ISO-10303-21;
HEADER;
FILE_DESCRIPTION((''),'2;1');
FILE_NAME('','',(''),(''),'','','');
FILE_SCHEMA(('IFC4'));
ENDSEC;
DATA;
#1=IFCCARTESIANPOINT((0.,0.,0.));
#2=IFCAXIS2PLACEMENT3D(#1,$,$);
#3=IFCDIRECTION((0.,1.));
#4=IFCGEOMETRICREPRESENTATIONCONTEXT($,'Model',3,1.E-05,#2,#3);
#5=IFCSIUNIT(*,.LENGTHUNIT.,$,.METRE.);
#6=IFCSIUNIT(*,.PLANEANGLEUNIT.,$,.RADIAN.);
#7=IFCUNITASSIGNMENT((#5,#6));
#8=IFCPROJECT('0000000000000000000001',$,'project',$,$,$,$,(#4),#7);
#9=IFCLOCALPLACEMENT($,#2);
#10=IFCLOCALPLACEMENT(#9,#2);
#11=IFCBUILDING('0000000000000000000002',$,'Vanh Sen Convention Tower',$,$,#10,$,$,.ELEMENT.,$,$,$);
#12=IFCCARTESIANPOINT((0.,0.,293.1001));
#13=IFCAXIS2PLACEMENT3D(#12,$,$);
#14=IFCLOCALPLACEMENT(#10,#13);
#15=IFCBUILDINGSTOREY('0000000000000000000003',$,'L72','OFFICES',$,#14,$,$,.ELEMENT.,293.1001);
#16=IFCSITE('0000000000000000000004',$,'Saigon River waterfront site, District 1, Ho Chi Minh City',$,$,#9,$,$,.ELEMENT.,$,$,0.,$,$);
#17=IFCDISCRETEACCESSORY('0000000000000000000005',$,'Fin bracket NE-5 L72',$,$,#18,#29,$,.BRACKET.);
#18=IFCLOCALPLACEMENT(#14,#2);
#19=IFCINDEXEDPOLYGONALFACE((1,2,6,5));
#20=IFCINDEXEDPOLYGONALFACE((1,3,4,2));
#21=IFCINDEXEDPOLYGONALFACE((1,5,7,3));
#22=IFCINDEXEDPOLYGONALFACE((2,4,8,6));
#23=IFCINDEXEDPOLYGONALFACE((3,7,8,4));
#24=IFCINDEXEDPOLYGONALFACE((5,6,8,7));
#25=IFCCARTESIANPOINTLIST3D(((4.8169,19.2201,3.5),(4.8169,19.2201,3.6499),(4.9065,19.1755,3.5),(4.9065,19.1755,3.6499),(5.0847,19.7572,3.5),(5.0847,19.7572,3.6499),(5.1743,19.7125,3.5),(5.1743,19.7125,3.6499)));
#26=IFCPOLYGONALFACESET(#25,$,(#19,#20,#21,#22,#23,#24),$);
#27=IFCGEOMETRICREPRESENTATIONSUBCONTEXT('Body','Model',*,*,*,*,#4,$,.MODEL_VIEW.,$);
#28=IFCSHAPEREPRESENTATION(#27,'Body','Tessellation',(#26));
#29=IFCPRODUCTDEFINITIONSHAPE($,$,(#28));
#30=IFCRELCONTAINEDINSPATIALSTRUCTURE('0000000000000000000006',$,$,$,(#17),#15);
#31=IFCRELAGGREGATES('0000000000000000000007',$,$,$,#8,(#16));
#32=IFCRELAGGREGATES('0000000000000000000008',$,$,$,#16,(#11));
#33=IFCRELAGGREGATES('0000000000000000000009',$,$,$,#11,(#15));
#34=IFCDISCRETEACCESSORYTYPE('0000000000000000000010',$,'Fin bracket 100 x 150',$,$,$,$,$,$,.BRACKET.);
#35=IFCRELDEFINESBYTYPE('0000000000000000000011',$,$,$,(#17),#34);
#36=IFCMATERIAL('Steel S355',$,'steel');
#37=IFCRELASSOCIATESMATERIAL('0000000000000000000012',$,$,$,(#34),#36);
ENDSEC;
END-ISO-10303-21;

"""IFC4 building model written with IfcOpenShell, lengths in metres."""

from ifc_helpers import new_model, si_unit, direction, frame, origin, origin_2d, place, context, subcontext, project, spatial, rectangle, extrude, material, type_object, element, save


model = new_model("IFC4")

# Units and contexts
model_context = context("Model", 3, precision=1e-05, world=origin(), true_north=direction((0.0, 1.0)))
body_context = subcontext(model_context, "Body", "Model", "MODEL_VIEW")
ifc_project = project(units=[si_unit("LENGTHUNIT", "METRE"), si_unit("PLANEANGLEUNIT", "RADIAN")], contexts=[model_context])

# Site, building, storey
site_placement = place(None, origin())
site = spatial("IfcSite", under=ifc_project, at=site_placement, Name="Saigon River waterfront site, District 1, Ho Chi Minh City", CompositionType="ELEMENT", RefElevation=0.0)
building_placement = place(site_placement, origin())
building = spatial("IfcBuilding", under=site, at=building_placement, Name="Vanh Sen Convention Tower", CompositionType="ELEMENT")
storey_placement = place(building_placement, frame((0.0, 0.0, 293.1001)))
storey = spatial("IfcBuildingStorey", under=building, at=storey_placement, Name="L72", Description="OFFICES", CompositionType="ELEMENT", Elevation=293.1001)

# Discrete accessory
ifc_material_1 = material(Name="Steel S355", Category="steel")
discrete_accessory_type = type_object("IfcDiscreteAccessoryType", Name="Fin bracket 100 x 150", PredefinedType="BRACKET", material=ifc_material_1)
discrete_accessory_placement = place(storey_placement, frame((4.9956, 19.4663, 3.5), z_axis=(0.0, 0.0, 1.0), x_axis=(0.446198, 0.894934, 0.0)))
element("IfcDiscreteAccessory", 1, at=discrete_accessory_placement, inside=storey, type_object=discrete_accessory_type, Name="Fin bracket NE-5 L72", PredefinedType="BRACKET", context=body_context, shape_type="SweptSolid", body=[
    extrude(rectangle(XDim=0.6001, YDim=0.1001, at=origin_2d()), origin(), (0.0, 0.0, 1.0), 0.1499),
])

save(model, "model.ifc")
